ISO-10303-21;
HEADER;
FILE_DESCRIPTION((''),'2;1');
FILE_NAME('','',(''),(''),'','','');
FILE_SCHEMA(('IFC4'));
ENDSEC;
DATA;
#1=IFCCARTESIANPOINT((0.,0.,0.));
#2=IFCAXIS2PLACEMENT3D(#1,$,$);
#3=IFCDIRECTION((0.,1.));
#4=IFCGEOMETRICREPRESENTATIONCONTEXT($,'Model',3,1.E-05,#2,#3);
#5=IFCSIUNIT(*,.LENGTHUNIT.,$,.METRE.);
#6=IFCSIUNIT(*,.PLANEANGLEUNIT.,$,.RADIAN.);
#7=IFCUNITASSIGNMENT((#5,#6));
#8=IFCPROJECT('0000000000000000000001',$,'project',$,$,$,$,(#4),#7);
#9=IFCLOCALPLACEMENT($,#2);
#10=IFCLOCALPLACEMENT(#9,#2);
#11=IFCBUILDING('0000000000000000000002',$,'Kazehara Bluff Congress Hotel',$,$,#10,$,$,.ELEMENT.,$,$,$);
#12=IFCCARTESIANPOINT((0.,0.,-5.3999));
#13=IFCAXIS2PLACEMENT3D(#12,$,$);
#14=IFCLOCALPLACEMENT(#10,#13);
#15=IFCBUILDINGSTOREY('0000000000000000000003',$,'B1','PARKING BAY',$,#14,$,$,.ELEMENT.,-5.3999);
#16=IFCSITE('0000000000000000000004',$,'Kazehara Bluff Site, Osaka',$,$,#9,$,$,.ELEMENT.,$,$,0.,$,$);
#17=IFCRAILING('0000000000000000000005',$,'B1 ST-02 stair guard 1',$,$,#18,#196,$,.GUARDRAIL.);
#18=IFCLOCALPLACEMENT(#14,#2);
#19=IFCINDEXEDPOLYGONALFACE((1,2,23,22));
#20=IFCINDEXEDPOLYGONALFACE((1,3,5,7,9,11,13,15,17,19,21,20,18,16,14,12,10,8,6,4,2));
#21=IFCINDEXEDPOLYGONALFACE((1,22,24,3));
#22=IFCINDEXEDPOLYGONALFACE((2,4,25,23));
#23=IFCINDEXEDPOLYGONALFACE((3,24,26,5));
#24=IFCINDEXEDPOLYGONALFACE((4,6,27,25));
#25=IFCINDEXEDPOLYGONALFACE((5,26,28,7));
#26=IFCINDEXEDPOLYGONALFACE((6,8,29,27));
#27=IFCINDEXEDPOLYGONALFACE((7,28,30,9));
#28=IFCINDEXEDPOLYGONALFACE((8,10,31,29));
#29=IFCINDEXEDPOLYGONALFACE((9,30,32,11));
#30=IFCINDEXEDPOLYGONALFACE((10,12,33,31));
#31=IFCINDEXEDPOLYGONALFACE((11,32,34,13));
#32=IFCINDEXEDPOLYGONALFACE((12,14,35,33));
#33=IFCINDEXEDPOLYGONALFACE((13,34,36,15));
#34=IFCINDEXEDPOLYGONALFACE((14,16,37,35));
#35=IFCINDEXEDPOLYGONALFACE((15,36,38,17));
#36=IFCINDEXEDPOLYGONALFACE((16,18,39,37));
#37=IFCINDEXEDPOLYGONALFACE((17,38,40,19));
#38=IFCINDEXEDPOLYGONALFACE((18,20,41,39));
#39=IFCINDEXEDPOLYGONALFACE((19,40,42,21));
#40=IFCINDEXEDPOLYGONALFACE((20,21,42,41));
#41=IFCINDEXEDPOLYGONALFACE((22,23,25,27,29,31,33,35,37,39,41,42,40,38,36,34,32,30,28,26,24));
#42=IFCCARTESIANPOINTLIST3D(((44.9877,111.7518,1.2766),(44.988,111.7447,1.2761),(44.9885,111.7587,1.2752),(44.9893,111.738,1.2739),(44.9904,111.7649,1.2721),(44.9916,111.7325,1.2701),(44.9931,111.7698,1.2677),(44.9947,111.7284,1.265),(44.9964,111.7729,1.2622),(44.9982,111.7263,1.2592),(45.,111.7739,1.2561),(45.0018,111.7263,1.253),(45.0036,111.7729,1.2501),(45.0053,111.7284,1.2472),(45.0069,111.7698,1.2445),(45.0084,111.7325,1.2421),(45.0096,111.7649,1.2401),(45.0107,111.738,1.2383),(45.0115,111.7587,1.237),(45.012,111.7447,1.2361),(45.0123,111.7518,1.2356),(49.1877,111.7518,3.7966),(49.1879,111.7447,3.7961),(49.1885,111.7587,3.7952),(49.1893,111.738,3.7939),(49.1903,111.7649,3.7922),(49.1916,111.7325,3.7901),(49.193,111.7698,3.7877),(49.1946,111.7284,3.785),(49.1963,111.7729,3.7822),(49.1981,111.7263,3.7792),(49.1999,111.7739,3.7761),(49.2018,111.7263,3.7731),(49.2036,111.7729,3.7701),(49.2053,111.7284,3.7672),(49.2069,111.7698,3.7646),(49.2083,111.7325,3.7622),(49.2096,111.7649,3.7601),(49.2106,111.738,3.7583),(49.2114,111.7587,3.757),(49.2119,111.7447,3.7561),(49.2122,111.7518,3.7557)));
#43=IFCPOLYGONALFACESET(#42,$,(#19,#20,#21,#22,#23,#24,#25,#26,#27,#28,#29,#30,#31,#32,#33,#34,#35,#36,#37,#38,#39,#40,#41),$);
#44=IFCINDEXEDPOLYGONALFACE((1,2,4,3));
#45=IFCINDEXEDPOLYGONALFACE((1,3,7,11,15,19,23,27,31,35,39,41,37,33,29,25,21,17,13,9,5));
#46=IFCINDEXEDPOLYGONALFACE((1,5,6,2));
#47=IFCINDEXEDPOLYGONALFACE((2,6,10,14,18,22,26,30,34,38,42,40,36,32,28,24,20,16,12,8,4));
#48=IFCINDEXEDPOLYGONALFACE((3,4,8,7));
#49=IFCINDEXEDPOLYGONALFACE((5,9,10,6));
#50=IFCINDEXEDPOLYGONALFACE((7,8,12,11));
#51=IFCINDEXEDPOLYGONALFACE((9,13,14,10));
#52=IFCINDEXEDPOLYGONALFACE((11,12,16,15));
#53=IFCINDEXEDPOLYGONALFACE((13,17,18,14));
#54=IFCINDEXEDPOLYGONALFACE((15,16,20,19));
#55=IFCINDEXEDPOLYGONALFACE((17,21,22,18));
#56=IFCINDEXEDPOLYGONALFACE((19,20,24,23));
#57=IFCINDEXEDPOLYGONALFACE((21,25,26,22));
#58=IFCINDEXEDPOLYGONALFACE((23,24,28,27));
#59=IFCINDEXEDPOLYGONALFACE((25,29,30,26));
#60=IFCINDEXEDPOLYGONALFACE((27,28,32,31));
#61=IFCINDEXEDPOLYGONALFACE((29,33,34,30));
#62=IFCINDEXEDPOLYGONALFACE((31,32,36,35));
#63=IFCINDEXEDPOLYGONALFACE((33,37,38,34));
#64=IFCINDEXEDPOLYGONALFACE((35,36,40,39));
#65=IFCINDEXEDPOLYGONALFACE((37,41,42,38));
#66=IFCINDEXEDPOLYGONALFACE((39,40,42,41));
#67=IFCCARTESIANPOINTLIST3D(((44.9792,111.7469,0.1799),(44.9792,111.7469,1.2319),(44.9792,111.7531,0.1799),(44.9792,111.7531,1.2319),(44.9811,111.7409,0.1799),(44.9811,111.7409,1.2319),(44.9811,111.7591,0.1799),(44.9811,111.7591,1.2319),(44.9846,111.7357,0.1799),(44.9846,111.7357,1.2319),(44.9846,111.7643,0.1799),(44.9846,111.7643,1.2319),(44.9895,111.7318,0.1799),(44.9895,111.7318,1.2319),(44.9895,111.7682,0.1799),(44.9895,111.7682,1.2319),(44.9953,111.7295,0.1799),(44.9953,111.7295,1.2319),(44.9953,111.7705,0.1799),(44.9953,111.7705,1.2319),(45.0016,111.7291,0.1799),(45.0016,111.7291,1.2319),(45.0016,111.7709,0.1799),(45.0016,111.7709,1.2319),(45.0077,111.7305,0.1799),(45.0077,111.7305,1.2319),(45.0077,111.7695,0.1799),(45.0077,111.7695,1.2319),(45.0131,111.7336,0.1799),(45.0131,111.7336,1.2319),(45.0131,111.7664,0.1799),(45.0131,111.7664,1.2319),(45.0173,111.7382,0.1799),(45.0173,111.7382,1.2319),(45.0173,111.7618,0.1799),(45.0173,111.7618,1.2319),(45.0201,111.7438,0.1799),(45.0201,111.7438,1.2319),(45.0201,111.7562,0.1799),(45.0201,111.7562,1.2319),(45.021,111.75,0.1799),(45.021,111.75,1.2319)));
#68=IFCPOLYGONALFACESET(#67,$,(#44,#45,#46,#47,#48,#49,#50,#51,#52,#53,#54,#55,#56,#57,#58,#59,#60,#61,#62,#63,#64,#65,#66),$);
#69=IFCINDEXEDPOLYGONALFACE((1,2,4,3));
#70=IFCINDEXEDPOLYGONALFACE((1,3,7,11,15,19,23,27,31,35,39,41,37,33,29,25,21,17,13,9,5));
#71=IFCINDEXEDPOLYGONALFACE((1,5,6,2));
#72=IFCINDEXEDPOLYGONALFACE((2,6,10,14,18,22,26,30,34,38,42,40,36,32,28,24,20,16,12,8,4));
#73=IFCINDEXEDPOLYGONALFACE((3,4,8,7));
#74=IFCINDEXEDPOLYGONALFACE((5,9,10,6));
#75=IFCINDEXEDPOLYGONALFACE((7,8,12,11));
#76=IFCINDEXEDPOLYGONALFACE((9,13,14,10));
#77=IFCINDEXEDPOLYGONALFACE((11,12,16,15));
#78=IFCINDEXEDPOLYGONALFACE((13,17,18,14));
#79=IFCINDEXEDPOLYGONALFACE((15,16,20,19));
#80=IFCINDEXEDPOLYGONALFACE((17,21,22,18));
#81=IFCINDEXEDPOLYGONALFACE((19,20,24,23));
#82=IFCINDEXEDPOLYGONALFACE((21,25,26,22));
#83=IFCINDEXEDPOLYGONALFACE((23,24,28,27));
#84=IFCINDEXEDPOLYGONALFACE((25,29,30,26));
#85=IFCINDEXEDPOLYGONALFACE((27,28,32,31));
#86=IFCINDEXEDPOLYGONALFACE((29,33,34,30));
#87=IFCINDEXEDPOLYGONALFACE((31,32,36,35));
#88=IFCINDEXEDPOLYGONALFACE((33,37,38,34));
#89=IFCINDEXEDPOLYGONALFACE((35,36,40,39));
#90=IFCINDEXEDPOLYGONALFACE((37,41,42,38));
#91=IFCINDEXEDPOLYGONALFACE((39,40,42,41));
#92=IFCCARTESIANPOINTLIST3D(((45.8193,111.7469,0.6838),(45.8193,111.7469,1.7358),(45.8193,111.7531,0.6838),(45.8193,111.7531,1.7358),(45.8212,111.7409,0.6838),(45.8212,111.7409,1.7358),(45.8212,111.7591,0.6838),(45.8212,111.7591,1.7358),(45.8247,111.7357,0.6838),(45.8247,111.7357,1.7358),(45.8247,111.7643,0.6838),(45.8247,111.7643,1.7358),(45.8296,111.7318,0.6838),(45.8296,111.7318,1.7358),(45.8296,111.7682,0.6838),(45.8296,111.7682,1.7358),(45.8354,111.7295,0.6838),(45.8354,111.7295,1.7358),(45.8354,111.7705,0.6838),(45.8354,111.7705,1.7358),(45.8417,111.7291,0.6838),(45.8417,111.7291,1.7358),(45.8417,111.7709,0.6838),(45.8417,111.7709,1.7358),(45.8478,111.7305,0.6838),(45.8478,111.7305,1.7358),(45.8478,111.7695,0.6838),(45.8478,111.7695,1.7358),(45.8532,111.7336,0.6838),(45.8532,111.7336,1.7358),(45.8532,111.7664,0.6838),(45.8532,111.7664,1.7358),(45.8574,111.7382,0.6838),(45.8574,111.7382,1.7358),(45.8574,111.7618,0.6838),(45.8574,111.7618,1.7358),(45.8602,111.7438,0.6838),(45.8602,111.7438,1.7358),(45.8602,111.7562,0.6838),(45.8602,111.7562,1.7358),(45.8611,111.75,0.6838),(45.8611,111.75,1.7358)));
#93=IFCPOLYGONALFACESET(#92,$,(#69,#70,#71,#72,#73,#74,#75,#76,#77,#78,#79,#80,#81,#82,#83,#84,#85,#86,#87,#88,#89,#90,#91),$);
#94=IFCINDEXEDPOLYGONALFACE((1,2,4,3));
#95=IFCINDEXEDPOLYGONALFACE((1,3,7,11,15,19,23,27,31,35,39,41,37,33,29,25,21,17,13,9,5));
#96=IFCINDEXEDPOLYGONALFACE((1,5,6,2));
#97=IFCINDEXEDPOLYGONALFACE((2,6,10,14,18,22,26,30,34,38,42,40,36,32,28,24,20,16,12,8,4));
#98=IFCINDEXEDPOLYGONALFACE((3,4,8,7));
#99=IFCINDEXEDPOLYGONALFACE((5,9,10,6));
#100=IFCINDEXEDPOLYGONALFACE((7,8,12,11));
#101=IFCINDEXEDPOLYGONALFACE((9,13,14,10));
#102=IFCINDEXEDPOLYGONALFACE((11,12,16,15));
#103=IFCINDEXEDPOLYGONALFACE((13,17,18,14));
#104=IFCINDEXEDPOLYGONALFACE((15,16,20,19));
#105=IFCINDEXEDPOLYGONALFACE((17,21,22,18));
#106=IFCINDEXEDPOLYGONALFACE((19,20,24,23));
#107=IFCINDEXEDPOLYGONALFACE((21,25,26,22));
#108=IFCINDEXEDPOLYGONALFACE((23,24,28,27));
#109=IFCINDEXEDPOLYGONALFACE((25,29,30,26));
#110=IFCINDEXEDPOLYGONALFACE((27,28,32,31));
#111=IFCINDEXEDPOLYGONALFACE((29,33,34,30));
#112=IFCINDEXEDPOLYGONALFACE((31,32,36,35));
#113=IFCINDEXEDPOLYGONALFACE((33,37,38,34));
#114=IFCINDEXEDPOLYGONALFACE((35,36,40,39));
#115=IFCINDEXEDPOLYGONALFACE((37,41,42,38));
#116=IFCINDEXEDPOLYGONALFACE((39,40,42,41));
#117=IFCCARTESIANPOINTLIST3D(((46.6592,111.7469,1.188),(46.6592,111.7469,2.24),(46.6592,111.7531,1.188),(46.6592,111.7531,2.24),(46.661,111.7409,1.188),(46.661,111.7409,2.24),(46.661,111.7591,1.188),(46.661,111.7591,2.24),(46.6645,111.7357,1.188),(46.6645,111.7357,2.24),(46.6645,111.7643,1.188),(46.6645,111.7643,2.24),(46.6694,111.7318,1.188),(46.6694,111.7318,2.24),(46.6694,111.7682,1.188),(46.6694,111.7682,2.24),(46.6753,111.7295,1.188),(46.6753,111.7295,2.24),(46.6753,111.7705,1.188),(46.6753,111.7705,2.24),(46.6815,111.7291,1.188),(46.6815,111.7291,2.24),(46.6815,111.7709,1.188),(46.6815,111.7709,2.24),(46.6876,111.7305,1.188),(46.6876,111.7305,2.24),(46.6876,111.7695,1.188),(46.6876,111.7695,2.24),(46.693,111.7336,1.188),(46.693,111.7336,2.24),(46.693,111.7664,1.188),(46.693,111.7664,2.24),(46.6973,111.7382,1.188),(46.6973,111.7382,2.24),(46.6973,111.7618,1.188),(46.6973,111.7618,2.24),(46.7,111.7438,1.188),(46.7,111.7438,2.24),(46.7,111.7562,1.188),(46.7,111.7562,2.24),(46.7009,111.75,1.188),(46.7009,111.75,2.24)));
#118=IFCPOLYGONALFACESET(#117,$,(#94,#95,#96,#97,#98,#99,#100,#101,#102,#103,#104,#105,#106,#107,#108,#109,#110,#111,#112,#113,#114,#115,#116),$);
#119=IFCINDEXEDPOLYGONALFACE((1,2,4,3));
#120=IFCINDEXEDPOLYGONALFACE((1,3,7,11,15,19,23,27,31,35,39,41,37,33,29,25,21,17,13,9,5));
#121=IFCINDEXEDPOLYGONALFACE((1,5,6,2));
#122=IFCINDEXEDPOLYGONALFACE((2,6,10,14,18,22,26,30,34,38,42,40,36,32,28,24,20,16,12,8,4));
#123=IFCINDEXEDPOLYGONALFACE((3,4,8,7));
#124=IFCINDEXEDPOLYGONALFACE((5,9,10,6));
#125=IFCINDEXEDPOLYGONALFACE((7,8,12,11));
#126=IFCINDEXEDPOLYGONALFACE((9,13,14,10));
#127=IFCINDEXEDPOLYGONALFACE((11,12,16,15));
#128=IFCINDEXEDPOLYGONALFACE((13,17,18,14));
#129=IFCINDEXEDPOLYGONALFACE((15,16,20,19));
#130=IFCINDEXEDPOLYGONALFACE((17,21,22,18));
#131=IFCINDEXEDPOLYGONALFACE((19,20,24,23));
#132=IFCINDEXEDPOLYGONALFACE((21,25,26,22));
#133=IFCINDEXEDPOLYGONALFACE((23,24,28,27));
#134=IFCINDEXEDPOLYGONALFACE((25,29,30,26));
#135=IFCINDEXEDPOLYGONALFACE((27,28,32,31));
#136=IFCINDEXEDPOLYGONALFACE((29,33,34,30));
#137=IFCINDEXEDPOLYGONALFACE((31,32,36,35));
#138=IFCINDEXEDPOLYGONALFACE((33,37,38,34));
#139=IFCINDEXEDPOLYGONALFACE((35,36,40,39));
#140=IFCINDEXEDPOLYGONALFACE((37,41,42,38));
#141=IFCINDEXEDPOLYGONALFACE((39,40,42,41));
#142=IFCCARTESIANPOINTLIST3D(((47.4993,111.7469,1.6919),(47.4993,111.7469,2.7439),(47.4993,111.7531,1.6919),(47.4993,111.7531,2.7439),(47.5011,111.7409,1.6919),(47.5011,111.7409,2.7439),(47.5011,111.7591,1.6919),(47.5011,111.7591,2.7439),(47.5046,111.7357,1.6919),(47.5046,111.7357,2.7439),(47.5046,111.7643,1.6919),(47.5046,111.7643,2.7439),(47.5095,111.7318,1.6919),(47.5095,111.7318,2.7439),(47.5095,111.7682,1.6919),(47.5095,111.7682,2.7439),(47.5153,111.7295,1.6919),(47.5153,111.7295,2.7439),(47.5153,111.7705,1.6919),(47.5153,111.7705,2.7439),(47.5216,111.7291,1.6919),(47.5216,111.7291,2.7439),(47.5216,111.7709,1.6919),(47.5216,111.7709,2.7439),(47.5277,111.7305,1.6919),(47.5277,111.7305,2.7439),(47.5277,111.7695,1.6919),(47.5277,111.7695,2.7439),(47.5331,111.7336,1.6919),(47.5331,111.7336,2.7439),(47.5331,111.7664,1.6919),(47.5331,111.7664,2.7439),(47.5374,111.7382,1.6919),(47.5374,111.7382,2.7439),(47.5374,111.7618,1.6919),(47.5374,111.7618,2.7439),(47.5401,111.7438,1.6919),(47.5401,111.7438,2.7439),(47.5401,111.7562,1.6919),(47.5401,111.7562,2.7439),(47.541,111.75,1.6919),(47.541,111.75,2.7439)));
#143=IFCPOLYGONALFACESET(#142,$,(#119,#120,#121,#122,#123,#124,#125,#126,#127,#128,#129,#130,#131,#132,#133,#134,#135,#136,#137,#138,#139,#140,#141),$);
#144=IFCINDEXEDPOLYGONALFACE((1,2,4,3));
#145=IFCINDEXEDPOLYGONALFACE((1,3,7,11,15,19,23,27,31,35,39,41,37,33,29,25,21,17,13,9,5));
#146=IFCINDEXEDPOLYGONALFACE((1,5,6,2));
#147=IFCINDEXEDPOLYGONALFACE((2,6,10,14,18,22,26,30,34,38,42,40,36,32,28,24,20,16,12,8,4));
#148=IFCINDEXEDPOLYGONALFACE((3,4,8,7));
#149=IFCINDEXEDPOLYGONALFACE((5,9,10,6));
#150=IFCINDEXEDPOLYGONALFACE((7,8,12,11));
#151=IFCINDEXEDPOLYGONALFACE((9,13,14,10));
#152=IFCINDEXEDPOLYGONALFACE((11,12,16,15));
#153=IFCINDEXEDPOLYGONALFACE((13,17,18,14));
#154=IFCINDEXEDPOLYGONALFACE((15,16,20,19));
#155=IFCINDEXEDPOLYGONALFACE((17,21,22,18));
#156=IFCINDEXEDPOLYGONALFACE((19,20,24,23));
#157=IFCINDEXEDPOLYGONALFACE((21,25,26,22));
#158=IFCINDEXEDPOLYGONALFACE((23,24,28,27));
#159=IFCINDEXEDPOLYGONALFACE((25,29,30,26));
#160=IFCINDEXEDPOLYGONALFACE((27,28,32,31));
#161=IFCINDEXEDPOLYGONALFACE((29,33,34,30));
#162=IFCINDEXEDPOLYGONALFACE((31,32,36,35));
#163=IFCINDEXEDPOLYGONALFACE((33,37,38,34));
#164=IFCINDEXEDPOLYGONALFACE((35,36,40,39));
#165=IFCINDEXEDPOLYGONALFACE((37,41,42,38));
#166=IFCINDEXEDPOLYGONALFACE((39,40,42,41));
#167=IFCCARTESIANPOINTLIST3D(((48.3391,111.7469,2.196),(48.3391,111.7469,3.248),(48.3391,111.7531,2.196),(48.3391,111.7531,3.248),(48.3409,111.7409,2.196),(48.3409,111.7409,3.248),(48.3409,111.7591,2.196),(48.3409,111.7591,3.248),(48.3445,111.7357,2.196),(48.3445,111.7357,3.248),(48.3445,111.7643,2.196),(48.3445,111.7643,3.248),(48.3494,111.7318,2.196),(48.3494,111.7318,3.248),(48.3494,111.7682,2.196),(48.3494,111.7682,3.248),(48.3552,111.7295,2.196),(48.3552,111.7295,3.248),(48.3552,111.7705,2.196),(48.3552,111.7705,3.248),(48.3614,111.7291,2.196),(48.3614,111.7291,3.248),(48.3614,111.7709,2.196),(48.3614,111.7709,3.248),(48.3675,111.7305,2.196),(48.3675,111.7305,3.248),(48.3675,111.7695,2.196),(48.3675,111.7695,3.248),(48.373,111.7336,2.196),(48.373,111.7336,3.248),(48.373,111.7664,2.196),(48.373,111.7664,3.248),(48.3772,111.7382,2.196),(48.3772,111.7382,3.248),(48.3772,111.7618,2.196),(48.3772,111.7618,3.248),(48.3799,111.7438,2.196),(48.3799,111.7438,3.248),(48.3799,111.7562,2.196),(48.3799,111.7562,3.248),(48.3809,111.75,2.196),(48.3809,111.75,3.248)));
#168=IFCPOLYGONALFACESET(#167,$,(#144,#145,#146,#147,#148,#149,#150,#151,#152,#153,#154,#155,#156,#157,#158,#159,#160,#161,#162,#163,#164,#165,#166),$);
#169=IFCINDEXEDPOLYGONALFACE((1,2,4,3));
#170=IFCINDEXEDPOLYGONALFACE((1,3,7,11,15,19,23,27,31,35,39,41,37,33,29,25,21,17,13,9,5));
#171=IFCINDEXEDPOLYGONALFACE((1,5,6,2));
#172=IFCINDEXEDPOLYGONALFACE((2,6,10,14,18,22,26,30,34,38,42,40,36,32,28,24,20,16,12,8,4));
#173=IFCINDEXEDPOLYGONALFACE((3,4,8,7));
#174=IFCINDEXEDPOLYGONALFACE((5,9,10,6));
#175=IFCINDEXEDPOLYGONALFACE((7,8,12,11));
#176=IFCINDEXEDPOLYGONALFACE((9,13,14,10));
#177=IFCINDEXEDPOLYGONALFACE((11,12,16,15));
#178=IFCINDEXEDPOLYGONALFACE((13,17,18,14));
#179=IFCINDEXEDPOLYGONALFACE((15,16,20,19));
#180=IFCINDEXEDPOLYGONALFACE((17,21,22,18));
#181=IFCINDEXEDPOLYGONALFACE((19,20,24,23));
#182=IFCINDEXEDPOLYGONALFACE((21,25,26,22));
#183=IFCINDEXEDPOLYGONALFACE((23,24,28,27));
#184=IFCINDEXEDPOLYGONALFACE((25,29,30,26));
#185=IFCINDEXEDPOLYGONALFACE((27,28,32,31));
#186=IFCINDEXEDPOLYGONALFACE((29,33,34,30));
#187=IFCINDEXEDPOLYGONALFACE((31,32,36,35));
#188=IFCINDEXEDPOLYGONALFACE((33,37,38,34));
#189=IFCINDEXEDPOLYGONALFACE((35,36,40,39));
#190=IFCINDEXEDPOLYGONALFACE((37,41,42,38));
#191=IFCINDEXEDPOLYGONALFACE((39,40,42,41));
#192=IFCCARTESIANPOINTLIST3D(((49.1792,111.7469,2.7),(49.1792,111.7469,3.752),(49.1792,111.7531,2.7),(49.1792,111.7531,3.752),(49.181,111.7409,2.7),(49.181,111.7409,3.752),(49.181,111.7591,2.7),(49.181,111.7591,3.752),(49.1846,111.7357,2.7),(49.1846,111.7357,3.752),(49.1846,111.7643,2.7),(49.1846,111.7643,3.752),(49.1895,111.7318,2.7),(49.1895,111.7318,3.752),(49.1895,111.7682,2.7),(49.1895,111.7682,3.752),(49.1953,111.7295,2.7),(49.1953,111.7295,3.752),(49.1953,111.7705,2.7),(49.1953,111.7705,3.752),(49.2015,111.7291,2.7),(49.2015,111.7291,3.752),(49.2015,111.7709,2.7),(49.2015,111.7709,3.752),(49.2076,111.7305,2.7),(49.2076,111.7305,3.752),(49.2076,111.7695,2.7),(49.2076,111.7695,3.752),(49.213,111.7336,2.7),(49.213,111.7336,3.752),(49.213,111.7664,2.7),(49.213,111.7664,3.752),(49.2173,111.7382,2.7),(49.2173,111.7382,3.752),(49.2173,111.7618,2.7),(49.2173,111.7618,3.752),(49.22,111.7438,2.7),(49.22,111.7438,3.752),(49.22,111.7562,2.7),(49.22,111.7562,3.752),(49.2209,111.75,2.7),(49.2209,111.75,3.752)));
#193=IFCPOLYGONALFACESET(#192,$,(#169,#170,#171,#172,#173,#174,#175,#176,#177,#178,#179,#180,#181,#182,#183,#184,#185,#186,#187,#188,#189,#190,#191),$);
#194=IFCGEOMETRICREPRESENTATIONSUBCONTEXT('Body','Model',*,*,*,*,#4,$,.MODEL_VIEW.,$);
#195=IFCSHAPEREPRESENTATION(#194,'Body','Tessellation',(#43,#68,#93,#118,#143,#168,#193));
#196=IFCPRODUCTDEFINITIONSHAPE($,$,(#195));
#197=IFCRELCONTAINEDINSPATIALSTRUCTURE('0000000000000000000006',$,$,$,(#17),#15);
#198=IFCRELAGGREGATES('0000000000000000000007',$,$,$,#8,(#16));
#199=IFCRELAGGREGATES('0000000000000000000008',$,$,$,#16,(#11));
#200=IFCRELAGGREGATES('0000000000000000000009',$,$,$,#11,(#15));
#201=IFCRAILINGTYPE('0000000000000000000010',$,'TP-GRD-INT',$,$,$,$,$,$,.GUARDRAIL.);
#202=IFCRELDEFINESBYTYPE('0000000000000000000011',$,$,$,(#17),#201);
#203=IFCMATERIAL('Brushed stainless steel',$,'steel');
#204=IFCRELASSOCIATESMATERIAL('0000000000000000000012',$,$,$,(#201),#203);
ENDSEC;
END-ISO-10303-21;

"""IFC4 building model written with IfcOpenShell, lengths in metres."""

from ifc_helpers import new_model, si_unit, direction, frame, origin, origin_2d, place, context, subcontext, project, spatial, circle, extrude, material, type_object, element, save


model = new_model("IFC4")

# Units and contexts
model_context = context("Model", 3, precision=1e-05, world=origin(), true_north=direction((0.0, 1.0)))
body_context = subcontext(model_context, "Body", "Model", "MODEL_VIEW")
ifc_project = project(units=[si_unit("LENGTHUNIT", "METRE"), si_unit("PLANEANGLEUNIT", "RADIAN")], contexts=[model_context])

# Site, building, storey
site_placement = place(None, origin())
site = spatial("IfcSite", under=ifc_project, at=site_placement, Name="Kazehara Bluff Site, Osaka", CompositionType="ELEMENT", RefElevation=0.0)
building_placement = place(site_placement, origin())
building = spatial("IfcBuilding", under=site, at=building_placement, Name="Kazehara Bluff Congress Hotel", CompositionType="ELEMENT")
storey_placement = place(building_placement, frame((0.0, 0.0, -5.3999)))
storey = spatial("IfcBuildingStorey", under=building, at=storey_placement, Name="B1", Description="PARKING BAY", CompositionType="ELEMENT", Elevation=-5.3999)

# Railing
ifc_material_1 = material(Name="Brushed stainless steel", Category="steel")
railing_type_1 = type_object("IfcRailingType", Name="TP-GRD-INT", PredefinedType="GUARDRAIL", material=ifc_material_1)
railing_1_placement = place(storey_placement, frame((45.0, 111.75, 0.1799)))
element("IfcRailing", 1, at=railing_1_placement, inside=storey, type_object=railing_type_1, Name="B1 ST-02 stair guard 1", PredefinedType="GUARDRAIL", context=body_context, shape_type="SweptSolid", body=[
    extrude(circle(Radius=0.0239, at=origin_2d()), frame((0.0, 0.0, 1.0762), z_axis=(0.857489, 0.0, 0.514503), x_axis=(0.0, 1.0, 0.0)), (0.0, 0.0, 1.0), 4.8979),
    extrude(circle(Radius=0.021, at=origin_2d()), origin(), (0.0, 0.0, 1.0), 1.052),
    extrude(circle(Radius=0.021, at=origin_2d()), frame((0.8401, 0.0, 0.5039)), (0.0, 0.0, 1.0), 1.052),
    extrude(circle(Radius=0.021, at=origin_2d()), frame((1.6799, 0.0, 1.0081)), (0.0, 0.0, 1.0), 1.052),
    extrude(circle(Radius=0.021, at=origin_2d()), frame((2.52, 0.0, 1.512)), (0.0, 0.0, 1.0), 1.052),
    extrude(circle(Radius=0.021, at=origin_2d()), frame((3.3599, 0.0, 2.0161)), (0.0, 0.0, 1.0), 1.052),
    extrude(circle(Radius=0.021, at=origin_2d()), frame((4.2, 0.0, 2.52)), (0.0, 0.0, 1.0), 1.052),
])

save(model, "model.ifc")
